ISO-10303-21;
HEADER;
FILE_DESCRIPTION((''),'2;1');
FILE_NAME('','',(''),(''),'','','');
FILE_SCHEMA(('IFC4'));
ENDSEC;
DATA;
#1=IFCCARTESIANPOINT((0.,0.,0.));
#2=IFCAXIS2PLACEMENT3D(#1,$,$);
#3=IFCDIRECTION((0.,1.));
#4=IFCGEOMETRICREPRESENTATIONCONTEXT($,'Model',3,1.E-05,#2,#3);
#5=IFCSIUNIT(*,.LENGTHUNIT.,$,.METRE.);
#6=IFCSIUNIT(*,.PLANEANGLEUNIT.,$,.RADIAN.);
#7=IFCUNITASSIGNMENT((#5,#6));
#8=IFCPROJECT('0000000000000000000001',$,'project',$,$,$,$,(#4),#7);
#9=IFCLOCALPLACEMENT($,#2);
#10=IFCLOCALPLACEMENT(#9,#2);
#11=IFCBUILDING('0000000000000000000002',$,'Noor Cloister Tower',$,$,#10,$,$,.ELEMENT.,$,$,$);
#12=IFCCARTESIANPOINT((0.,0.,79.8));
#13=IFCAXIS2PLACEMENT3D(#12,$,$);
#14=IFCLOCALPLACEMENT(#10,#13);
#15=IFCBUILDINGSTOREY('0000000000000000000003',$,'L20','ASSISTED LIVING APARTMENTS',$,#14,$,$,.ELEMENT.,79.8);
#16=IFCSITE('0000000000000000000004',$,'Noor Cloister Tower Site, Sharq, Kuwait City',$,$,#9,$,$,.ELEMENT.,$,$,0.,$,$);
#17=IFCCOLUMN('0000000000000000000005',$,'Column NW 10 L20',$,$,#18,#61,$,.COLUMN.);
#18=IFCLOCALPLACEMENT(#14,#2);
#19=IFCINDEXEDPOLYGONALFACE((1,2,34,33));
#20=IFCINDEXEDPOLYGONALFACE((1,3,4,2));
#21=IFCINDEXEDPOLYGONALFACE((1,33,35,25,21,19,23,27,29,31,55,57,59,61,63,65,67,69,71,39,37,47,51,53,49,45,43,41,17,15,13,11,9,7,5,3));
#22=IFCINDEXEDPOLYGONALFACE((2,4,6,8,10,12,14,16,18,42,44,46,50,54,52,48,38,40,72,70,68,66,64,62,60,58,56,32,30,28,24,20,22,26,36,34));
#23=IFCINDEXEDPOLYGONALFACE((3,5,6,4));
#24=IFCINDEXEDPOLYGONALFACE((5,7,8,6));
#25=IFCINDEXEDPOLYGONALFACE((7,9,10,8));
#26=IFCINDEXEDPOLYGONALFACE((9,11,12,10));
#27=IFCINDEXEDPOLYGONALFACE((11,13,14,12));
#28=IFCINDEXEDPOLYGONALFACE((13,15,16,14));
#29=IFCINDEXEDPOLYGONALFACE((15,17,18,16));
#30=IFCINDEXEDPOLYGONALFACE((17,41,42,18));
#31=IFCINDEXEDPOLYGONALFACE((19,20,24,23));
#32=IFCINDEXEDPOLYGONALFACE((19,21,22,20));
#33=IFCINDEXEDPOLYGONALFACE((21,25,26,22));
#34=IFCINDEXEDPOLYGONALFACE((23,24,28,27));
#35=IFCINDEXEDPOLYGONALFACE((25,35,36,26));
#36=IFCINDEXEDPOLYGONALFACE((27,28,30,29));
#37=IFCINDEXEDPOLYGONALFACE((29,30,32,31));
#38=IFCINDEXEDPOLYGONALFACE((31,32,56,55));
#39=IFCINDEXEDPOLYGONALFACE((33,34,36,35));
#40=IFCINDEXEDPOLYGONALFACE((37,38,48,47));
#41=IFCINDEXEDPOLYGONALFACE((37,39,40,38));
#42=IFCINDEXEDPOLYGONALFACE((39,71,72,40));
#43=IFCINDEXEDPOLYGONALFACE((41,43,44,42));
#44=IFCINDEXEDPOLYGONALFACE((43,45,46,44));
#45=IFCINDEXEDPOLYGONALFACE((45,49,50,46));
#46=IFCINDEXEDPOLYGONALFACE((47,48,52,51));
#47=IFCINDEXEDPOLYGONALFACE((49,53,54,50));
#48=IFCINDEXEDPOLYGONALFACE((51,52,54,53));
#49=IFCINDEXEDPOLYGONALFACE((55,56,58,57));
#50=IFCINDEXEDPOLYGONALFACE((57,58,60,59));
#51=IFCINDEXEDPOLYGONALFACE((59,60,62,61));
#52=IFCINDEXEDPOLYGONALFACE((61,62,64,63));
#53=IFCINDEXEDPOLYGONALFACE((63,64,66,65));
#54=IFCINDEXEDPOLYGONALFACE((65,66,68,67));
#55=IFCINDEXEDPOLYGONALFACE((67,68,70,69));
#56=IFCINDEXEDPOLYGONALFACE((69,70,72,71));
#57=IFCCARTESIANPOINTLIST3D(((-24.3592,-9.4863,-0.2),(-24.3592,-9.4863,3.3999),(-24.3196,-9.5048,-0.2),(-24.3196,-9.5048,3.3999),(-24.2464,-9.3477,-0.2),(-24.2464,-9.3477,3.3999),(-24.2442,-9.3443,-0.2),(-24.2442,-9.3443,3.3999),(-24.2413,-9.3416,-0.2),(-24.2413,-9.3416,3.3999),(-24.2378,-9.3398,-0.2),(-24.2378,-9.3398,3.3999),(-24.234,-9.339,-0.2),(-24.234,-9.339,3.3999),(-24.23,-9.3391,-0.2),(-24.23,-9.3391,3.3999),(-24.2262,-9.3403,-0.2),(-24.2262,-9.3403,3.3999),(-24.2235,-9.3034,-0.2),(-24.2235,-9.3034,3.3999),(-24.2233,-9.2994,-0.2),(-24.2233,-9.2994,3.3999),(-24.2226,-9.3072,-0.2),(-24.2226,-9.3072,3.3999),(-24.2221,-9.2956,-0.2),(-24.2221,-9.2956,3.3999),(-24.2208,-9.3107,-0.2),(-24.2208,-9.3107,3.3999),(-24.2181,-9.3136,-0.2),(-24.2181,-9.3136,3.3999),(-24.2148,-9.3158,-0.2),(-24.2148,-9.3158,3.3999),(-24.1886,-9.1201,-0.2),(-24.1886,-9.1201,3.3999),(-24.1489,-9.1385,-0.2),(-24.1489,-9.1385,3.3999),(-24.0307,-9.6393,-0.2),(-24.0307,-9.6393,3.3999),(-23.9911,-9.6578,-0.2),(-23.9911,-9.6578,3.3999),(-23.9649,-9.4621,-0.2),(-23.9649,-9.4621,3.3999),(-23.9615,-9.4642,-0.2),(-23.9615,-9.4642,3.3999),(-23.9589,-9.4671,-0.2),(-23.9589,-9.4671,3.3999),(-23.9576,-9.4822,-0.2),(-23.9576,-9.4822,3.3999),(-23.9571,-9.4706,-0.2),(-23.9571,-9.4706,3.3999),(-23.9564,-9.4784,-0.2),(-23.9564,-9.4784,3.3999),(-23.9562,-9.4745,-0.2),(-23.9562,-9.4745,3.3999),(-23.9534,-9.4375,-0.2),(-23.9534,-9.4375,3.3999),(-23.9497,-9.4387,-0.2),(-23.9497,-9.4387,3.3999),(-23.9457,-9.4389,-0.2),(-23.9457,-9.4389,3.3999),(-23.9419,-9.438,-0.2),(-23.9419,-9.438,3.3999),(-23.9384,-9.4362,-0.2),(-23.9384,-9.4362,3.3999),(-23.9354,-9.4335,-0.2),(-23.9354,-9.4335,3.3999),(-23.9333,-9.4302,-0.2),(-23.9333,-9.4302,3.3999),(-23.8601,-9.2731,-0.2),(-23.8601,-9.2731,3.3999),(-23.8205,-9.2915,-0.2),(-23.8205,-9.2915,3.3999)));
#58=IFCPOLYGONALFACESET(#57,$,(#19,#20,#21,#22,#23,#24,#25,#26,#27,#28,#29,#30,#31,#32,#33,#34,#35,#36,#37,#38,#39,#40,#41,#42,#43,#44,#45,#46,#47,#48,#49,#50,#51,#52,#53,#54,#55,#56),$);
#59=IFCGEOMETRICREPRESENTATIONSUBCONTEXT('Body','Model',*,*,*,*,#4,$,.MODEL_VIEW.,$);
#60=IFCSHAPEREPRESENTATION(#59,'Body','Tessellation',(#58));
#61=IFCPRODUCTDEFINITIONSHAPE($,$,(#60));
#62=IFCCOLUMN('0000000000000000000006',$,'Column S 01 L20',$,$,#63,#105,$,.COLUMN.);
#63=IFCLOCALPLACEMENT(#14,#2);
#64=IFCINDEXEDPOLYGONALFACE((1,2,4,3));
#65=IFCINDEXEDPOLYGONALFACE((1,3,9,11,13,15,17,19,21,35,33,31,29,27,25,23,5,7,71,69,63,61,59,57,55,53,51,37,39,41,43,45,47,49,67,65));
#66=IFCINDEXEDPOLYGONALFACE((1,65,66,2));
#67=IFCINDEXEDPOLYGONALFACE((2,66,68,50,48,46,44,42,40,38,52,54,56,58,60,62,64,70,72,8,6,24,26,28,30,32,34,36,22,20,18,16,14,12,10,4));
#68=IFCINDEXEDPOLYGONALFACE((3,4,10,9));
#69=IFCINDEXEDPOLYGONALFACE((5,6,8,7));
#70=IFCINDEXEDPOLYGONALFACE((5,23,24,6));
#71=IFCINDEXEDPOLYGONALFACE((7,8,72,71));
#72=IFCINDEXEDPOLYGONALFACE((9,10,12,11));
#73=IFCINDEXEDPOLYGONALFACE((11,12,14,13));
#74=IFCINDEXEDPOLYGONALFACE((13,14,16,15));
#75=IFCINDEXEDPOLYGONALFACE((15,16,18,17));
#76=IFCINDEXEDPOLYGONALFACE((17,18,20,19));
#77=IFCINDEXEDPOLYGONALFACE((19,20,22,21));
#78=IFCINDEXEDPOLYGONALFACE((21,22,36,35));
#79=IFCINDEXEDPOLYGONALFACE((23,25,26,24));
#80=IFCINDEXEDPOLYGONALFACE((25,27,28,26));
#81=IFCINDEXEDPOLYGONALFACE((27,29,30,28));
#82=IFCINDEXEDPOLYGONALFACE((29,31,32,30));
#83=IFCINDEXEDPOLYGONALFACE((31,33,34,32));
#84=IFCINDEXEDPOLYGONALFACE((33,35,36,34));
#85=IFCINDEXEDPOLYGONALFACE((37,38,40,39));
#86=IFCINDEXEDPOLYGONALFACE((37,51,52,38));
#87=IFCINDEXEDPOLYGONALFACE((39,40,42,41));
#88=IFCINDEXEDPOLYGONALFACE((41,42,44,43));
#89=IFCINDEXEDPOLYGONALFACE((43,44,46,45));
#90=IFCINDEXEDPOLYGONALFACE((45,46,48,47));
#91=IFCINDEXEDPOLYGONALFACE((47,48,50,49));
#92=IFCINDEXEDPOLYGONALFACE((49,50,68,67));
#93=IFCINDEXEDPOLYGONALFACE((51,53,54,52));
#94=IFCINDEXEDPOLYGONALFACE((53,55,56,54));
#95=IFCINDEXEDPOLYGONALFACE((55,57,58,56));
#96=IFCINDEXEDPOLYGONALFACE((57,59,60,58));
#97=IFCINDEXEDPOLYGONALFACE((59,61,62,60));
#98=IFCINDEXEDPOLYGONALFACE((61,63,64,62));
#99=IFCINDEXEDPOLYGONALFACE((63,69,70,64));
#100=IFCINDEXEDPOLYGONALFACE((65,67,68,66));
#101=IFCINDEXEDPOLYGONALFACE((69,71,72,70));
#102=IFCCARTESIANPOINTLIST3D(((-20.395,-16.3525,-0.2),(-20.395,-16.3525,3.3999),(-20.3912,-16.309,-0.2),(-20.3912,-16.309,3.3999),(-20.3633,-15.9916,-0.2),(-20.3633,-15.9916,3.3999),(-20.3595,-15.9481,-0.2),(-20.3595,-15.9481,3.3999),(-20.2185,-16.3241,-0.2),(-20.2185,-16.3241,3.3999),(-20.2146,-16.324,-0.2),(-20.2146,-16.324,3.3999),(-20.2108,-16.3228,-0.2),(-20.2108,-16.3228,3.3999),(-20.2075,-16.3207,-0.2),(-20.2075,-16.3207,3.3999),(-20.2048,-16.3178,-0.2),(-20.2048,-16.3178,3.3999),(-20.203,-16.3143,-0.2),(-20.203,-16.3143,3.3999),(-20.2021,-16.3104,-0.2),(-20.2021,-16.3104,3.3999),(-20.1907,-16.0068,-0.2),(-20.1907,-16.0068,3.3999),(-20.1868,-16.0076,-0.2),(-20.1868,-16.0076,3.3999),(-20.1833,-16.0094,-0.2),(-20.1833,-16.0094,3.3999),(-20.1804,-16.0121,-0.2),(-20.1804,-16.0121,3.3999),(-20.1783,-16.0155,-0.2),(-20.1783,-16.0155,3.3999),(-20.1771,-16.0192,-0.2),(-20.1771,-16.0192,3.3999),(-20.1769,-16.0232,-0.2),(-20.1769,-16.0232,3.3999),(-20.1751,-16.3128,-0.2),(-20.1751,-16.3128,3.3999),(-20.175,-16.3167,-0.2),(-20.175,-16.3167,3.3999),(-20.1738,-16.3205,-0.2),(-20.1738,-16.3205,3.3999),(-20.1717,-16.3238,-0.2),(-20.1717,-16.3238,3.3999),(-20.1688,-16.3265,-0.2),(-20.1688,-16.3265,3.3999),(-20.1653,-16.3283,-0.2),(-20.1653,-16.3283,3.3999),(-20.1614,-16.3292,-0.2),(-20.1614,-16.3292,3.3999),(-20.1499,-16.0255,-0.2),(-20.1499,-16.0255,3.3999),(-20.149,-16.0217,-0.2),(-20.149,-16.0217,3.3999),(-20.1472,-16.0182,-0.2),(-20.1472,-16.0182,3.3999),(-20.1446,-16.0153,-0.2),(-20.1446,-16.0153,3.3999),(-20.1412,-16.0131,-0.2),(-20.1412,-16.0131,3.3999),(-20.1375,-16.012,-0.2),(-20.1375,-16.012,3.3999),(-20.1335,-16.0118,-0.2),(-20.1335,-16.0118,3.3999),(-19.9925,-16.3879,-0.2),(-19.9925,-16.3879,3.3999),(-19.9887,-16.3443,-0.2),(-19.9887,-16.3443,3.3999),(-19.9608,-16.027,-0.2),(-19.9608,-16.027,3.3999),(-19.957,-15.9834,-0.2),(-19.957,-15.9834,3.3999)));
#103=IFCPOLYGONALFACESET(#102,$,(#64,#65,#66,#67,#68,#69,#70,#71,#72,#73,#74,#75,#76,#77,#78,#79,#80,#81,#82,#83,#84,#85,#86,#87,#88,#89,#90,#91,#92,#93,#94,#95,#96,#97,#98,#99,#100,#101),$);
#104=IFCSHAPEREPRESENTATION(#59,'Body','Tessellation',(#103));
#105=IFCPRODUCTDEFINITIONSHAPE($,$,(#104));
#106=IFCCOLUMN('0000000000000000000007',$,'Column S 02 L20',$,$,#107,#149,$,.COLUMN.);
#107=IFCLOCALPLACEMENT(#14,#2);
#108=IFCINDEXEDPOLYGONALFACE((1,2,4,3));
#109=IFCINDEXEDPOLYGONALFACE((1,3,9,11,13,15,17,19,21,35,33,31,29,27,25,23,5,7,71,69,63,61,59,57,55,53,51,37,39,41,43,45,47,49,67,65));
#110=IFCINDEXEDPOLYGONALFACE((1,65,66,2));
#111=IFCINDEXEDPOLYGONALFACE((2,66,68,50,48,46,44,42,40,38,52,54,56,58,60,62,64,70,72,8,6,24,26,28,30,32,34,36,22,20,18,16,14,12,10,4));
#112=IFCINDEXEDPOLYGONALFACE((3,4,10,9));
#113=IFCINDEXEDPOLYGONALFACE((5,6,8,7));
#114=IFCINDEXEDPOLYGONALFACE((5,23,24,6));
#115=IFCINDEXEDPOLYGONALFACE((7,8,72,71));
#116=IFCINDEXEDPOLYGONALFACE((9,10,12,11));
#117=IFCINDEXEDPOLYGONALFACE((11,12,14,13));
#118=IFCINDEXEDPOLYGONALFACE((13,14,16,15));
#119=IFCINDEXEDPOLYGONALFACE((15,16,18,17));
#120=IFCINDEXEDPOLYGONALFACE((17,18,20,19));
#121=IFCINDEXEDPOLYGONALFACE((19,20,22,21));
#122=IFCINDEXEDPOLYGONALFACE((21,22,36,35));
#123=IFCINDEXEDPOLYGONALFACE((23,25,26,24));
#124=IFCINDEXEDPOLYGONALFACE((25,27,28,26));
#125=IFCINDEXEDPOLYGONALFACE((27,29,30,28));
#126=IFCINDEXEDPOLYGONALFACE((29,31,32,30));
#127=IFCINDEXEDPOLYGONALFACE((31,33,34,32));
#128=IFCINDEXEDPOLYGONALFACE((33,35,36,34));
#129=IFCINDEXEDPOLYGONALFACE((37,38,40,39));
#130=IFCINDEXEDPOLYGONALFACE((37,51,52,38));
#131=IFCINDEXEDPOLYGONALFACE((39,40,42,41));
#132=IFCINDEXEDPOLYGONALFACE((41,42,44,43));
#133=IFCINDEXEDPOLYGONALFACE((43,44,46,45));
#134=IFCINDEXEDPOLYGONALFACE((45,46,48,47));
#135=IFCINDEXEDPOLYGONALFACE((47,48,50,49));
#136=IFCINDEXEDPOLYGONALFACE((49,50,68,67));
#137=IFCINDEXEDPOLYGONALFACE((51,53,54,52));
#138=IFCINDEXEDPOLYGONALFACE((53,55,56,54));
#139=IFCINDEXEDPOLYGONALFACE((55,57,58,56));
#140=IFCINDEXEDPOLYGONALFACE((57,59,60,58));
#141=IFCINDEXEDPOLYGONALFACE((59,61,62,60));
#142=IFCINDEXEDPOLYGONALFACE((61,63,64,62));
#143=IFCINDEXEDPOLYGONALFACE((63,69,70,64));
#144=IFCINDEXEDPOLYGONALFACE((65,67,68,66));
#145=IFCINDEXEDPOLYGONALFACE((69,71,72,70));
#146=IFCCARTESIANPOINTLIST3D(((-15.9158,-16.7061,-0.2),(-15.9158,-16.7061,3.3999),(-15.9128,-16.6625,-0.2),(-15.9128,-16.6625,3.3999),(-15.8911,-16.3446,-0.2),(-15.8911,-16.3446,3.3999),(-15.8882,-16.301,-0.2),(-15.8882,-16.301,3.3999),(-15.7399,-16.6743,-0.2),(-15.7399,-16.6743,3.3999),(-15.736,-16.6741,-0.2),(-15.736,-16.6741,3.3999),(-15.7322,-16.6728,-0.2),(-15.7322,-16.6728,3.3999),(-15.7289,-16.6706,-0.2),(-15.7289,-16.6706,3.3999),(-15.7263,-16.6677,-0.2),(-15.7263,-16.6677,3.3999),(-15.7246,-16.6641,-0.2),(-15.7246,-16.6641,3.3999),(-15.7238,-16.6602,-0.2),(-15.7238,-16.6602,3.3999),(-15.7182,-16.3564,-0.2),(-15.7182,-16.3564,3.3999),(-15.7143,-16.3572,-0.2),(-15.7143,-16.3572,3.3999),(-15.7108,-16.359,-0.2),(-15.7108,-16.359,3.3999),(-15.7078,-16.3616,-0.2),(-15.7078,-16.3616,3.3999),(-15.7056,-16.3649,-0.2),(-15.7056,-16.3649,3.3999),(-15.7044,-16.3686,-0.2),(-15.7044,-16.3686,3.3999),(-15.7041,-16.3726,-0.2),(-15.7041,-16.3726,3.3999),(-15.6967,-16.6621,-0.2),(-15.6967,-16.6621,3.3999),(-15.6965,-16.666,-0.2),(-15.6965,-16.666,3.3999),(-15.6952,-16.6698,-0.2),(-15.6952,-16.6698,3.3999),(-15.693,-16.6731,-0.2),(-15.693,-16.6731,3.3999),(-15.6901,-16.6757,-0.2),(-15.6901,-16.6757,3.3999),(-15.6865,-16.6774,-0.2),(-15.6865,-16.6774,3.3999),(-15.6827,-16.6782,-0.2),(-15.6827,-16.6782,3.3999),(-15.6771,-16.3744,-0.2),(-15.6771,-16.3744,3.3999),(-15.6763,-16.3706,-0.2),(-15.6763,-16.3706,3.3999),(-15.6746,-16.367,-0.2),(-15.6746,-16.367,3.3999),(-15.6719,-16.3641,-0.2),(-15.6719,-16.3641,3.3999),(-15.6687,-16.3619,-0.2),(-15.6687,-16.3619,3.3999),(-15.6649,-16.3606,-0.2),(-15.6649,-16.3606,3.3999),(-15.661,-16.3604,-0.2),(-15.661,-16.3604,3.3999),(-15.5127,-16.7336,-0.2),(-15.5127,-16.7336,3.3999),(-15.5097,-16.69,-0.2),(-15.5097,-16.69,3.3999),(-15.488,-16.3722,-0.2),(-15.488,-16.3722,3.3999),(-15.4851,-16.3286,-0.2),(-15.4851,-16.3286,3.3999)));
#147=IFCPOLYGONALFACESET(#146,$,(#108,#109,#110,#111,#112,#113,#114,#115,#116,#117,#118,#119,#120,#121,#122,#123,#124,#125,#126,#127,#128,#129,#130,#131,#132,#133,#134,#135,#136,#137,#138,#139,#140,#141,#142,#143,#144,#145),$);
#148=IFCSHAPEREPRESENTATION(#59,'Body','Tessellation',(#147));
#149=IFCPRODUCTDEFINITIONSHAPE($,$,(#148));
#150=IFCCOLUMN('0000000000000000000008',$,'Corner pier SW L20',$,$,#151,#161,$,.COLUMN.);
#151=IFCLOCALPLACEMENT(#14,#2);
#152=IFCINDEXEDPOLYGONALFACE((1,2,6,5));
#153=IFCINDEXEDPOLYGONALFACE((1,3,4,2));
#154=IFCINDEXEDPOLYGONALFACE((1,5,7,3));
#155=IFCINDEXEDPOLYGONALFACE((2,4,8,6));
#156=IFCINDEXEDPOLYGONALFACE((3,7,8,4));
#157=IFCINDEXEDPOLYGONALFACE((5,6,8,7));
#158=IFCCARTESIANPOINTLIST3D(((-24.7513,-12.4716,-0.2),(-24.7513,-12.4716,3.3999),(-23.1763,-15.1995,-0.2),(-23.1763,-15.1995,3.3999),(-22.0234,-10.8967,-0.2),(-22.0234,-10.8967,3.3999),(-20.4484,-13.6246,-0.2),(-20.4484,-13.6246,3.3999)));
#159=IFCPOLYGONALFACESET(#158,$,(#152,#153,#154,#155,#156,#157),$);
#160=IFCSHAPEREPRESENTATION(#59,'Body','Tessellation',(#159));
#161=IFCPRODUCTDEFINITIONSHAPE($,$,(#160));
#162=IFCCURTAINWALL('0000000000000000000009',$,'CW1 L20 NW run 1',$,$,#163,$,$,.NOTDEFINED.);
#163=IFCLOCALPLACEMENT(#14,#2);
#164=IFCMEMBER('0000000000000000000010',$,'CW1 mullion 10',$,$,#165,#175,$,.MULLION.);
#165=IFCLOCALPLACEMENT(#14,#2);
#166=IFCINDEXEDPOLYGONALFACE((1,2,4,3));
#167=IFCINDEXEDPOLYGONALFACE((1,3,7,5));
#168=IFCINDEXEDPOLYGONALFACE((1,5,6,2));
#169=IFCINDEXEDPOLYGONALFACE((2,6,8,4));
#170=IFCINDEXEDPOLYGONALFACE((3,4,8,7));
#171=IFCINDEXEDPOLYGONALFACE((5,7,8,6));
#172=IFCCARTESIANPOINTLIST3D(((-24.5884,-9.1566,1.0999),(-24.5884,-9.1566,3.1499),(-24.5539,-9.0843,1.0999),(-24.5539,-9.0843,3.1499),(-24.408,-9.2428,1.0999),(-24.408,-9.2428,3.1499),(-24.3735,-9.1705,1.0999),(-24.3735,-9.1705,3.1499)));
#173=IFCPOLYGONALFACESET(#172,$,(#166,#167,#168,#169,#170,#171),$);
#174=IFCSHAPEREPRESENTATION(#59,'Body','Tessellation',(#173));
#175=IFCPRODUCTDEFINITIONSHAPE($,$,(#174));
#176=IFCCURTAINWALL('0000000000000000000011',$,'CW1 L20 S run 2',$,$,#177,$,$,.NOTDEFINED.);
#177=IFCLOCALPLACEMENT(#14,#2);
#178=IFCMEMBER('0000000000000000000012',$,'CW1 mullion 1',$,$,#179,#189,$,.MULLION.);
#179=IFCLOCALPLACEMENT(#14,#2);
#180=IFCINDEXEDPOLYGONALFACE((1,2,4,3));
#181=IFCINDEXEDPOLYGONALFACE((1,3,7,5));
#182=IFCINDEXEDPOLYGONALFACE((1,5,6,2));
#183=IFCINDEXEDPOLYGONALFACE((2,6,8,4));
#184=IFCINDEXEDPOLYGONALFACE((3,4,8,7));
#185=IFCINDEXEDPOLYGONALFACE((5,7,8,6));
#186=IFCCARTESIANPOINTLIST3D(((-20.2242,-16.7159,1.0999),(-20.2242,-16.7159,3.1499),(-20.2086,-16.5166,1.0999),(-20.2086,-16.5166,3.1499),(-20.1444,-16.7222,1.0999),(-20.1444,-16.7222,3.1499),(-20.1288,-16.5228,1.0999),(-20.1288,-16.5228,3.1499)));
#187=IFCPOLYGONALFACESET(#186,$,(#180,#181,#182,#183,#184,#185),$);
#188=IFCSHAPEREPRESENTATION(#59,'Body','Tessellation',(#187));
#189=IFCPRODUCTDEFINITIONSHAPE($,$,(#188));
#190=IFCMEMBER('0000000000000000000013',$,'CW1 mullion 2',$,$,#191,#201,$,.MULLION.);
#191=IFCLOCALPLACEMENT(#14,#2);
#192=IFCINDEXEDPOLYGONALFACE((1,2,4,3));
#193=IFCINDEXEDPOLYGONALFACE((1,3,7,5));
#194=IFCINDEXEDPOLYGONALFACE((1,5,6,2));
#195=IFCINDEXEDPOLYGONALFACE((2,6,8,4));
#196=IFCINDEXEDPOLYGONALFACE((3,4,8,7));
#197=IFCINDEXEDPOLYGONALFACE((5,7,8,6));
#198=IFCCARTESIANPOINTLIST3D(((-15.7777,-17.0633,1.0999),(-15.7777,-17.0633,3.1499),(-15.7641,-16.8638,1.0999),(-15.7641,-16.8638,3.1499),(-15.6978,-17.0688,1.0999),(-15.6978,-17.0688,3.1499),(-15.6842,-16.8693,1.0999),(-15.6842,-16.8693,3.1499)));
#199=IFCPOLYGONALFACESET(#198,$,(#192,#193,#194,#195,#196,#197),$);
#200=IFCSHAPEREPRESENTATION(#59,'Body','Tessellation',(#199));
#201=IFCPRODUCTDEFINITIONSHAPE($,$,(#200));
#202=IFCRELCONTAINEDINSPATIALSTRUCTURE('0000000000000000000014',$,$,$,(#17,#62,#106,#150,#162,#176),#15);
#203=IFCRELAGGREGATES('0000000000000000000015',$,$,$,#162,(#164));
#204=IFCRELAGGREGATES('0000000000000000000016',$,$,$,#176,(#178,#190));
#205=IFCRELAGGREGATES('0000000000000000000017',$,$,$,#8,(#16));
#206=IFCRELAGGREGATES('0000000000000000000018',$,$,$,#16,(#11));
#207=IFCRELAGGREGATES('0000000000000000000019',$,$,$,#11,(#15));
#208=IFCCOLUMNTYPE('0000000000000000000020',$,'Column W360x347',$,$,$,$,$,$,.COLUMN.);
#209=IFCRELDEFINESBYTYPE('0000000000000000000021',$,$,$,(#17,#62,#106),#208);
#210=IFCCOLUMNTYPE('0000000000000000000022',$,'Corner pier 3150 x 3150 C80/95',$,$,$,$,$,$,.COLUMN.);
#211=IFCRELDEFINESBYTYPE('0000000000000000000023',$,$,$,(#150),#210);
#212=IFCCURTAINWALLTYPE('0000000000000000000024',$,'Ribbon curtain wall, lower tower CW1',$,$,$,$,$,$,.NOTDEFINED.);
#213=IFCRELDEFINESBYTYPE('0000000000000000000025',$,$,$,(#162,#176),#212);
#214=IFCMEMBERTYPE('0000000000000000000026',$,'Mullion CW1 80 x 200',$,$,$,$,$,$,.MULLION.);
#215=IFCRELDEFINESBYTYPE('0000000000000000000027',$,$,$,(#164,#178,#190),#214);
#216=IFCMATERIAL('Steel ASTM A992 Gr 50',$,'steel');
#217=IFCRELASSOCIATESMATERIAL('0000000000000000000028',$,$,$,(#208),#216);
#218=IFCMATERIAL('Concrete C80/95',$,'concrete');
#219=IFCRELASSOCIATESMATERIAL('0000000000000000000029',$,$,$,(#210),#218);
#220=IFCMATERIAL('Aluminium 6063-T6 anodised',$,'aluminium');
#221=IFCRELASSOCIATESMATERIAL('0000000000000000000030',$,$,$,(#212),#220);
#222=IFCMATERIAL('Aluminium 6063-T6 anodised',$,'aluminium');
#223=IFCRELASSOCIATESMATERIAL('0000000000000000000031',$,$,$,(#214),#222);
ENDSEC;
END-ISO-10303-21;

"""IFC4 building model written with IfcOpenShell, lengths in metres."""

from ifc_helpers import new_model, si_unit, direction, frame, origin, origin_2d, place, context, subcontext, project, spatial, rectangle, i_section, extrude, material, material_profile, profile_set, type_object, element, aggregate, save


model = new_model("IFC4")

# Units and contexts
model_context = context("Model", 3, precision=1e-05, world=origin(), true_north=direction((0.0, 1.0)))
body_context = subcontext(model_context, "Body", "Model", "MODEL_VIEW")
ifc_project = project(units=[si_unit("LENGTHUNIT", "METRE"), si_unit("PLANEANGLEUNIT", "RADIAN")], contexts=[model_context])

# Site, building, storey
site_placement = place(None, origin())
site = spatial("IfcSite", under=ifc_project, at=site_placement, Name="Noor Cloister Tower Site, Sharq, Kuwait City", CompositionType="ELEMENT", RefElevation=0.0)
building_placement = place(site_placement, origin())
building = spatial("IfcBuilding", under=site, at=building_placement, Name="Noor Cloister Tower", CompositionType="ELEMENT")
storey_placement = place(building_placement, frame((0.0, 0.0, 79.8)))
storey = spatial("IfcBuildingStorey", under=building, at=storey_placement, Name="L20", Description="ASSISTED LIVING APARTMENTS", CompositionType="ELEMENT", Elevation=79.8)

# Columns
ifc_material_1 = material(Name="Steel ASTM A992 Gr 50", Category="steel")
ifc_material_profile_1 = material_profile(ifc_material_1, i_section(OverallWidth=0.4041, OverallDepth=0.406, WebThickness=0.0271, FlangeThickness=0.0437, FilletRadius=0.0151, at=origin_2d()), Name="W360x347")
ifc_profile_set_1 = profile_set([ifc_material_profile_1], Name="Steel ASTM A992 Gr 50")
column_type_1 = type_object("IfcColumnType", Name="Column W360x347", PredefinedType="COLUMN", material=ifc_profile_set_1)
for number, where, z_axis, x_axis, name in (
    (1, (-24.0898, -9.3889, -0.2), (0.0, 0.0, 1.0), (-0.422262, -0.906474, 0.0), "Column NW 10 L20"),
    (2, (-20.176, -16.168, -0.2), (0.0, 0.0, 1.0), (0.99616, -0.087548, 0.0), "Column S 01 L20"),
    (3, (-15.7004, -16.5173, -0.2), (0.0, 0.0, 1.0), (0.997677, -0.068127, 0.0), "Column S 02 L20"),
):
    element("IfcColumn", number, at=place(storey_placement, frame(where, z_axis=z_axis, x_axis=x_axis)), inside=storey, type_object=column_type_1, Name=name, PredefinedType="COLUMN", context=body_context, shape_type="SweptSolid", body=[
        extrude(i_section(OverallWidth=0.4041, OverallDepth=0.406, WebThickness=0.0271, FlangeThickness=0.0437, FilletRadius=0.0151, at=origin_2d()), origin(), (0.0, 0.0, 1.0), 3.5999),
    ])
ifc_material_2 = material(Name="Concrete C80/95", Category="concrete")
ifc_material_profile_2 = material_profile(ifc_material_2, rectangle(XDim=3.1499, YDim=3.1499, at=origin_2d()), Name="RC 3150x3150")
ifc_profile_set_2 = profile_set([ifc_material_profile_2], Name="Concrete C80/95")
column_type_2 = type_object("IfcColumnType", Name="Corner pier 3150 x 3150 C80/95", PredefinedType="COLUMN", material=ifc_profile_set_2)
column_placement = place(storey_placement, frame((-22.5999, -13.0481, -0.2), z_axis=(0.0, 0.0, 1.0), x_axis=(-0.866025, -0.5, 0.0)))
element("IfcColumn", 4, at=column_placement, inside=storey, type_object=column_type_2, Name="Corner pier SW L20", PredefinedType="COLUMN", context=body_context, shape_type="SweptSolid", body=[
    extrude(rectangle(XDim=3.1499, YDim=3.1499, at=origin_2d()), origin(), (0.0, 0.0, 1.0), 3.5999),
])

# Curtain wall, member
ifc_material_3 = material(Name="Aluminium 6063-T6 anodised", Category="aluminium")
curtain_wall_type = type_object("IfcCurtainWallType", Name="Ribbon curtain wall, lower tower CW1", PredefinedType="NOTDEFINED", material=ifc_material_3)
curtain_wall_1_placement = place(storey_placement, origin())
curtain_wall_1 = element("IfcCurtainWall", 5, at=curtain_wall_1_placement, inside=storey, type_object=curtain_wall_type, Name="CW1 L20 NW run 1", PredefinedType="NOTDEFINED")
ifc_material_4 = material(Name="Aluminium 6063-T6 anodised", Category="aluminium")
ifc_material_profile_3 = material_profile(ifc_material_4, rectangle(XDim=0.2, YDim=0.0801, at=origin_2d()), Name="200 x 80 mullion")
ifc_profile_set_3 = profile_set([ifc_material_profile_3], Name="Aluminium 6063-T6 anodised")
member_type = type_object("IfcMemberType", Name="Mullion CW1 80 x 200", PredefinedType="MULLION", material=ifc_profile_set_3)
member_1_placement = place(storey_placement, frame((-24.481, -9.1636, 1.0999), z_axis=(0.0, 0.0, 1.0), x_axis=(0.902318, -0.43107, 0.0)))
member_1 = element("IfcMember", 6, at=member_1_placement, type_object=member_type, Name="CW1 mullion 10", PredefinedType="MULLION", context=body_context, shape_type="SweptSolid", body=[
    extrude(rectangle(XDim=0.2, YDim=0.0801, at=origin_2d()), origin(), (0.0, 0.0, 1.0), 2.05),
])

# Curtain wall, members
curtain_wall_2_placement = place(storey_placement, origin())
curtain_wall_2 = element("IfcCurtainWall", 7, at=curtain_wall_2_placement, inside=storey, type_object=curtain_wall_type, Name="CW1 L20 S run 2", PredefinedType="NOTDEFINED")
member_2_placement = place(storey_placement, frame((-20.1765, -16.6194, 1.0999), z_axis=(0.0, 0.0, 1.0), x_axis=(0.077841, 0.996966, 0.0)))
member_2 = element("IfcMember", 8, at=member_2_placement, type_object=member_type, Name="CW1 mullion 1", PredefinedType="MULLION", context=body_context, shape_type="SweptSolid", body=[
    extrude(rectangle(XDim=0.2, YDim=0.0801, at=origin_2d()), origin(), (0.0, 0.0, 1.0), 2.05),
])
member_3_placement = place(storey_placement, frame((-15.731, -16.9663, 1.0999), z_axis=(0.0, 0.0, 1.0), x_axis=(0.068127, 0.997677, 0.0)))
member_3 = element("IfcMember", 9, at=member_3_placement, type_object=member_type, Name="CW1 mullion 2", PredefinedType="MULLION", context=body_context, shape_type="SweptSolid", body=[
    extrude(rectangle(XDim=0.2, YDim=0.0801, at=origin_2d()), origin(), (0.0, 0.0, 1.0), 2.05),
])

aggregate(curtain_wall_1, [member_1])
aggregate(curtain_wall_2, [member_2, member_3])

save(model, "model.ifc")
